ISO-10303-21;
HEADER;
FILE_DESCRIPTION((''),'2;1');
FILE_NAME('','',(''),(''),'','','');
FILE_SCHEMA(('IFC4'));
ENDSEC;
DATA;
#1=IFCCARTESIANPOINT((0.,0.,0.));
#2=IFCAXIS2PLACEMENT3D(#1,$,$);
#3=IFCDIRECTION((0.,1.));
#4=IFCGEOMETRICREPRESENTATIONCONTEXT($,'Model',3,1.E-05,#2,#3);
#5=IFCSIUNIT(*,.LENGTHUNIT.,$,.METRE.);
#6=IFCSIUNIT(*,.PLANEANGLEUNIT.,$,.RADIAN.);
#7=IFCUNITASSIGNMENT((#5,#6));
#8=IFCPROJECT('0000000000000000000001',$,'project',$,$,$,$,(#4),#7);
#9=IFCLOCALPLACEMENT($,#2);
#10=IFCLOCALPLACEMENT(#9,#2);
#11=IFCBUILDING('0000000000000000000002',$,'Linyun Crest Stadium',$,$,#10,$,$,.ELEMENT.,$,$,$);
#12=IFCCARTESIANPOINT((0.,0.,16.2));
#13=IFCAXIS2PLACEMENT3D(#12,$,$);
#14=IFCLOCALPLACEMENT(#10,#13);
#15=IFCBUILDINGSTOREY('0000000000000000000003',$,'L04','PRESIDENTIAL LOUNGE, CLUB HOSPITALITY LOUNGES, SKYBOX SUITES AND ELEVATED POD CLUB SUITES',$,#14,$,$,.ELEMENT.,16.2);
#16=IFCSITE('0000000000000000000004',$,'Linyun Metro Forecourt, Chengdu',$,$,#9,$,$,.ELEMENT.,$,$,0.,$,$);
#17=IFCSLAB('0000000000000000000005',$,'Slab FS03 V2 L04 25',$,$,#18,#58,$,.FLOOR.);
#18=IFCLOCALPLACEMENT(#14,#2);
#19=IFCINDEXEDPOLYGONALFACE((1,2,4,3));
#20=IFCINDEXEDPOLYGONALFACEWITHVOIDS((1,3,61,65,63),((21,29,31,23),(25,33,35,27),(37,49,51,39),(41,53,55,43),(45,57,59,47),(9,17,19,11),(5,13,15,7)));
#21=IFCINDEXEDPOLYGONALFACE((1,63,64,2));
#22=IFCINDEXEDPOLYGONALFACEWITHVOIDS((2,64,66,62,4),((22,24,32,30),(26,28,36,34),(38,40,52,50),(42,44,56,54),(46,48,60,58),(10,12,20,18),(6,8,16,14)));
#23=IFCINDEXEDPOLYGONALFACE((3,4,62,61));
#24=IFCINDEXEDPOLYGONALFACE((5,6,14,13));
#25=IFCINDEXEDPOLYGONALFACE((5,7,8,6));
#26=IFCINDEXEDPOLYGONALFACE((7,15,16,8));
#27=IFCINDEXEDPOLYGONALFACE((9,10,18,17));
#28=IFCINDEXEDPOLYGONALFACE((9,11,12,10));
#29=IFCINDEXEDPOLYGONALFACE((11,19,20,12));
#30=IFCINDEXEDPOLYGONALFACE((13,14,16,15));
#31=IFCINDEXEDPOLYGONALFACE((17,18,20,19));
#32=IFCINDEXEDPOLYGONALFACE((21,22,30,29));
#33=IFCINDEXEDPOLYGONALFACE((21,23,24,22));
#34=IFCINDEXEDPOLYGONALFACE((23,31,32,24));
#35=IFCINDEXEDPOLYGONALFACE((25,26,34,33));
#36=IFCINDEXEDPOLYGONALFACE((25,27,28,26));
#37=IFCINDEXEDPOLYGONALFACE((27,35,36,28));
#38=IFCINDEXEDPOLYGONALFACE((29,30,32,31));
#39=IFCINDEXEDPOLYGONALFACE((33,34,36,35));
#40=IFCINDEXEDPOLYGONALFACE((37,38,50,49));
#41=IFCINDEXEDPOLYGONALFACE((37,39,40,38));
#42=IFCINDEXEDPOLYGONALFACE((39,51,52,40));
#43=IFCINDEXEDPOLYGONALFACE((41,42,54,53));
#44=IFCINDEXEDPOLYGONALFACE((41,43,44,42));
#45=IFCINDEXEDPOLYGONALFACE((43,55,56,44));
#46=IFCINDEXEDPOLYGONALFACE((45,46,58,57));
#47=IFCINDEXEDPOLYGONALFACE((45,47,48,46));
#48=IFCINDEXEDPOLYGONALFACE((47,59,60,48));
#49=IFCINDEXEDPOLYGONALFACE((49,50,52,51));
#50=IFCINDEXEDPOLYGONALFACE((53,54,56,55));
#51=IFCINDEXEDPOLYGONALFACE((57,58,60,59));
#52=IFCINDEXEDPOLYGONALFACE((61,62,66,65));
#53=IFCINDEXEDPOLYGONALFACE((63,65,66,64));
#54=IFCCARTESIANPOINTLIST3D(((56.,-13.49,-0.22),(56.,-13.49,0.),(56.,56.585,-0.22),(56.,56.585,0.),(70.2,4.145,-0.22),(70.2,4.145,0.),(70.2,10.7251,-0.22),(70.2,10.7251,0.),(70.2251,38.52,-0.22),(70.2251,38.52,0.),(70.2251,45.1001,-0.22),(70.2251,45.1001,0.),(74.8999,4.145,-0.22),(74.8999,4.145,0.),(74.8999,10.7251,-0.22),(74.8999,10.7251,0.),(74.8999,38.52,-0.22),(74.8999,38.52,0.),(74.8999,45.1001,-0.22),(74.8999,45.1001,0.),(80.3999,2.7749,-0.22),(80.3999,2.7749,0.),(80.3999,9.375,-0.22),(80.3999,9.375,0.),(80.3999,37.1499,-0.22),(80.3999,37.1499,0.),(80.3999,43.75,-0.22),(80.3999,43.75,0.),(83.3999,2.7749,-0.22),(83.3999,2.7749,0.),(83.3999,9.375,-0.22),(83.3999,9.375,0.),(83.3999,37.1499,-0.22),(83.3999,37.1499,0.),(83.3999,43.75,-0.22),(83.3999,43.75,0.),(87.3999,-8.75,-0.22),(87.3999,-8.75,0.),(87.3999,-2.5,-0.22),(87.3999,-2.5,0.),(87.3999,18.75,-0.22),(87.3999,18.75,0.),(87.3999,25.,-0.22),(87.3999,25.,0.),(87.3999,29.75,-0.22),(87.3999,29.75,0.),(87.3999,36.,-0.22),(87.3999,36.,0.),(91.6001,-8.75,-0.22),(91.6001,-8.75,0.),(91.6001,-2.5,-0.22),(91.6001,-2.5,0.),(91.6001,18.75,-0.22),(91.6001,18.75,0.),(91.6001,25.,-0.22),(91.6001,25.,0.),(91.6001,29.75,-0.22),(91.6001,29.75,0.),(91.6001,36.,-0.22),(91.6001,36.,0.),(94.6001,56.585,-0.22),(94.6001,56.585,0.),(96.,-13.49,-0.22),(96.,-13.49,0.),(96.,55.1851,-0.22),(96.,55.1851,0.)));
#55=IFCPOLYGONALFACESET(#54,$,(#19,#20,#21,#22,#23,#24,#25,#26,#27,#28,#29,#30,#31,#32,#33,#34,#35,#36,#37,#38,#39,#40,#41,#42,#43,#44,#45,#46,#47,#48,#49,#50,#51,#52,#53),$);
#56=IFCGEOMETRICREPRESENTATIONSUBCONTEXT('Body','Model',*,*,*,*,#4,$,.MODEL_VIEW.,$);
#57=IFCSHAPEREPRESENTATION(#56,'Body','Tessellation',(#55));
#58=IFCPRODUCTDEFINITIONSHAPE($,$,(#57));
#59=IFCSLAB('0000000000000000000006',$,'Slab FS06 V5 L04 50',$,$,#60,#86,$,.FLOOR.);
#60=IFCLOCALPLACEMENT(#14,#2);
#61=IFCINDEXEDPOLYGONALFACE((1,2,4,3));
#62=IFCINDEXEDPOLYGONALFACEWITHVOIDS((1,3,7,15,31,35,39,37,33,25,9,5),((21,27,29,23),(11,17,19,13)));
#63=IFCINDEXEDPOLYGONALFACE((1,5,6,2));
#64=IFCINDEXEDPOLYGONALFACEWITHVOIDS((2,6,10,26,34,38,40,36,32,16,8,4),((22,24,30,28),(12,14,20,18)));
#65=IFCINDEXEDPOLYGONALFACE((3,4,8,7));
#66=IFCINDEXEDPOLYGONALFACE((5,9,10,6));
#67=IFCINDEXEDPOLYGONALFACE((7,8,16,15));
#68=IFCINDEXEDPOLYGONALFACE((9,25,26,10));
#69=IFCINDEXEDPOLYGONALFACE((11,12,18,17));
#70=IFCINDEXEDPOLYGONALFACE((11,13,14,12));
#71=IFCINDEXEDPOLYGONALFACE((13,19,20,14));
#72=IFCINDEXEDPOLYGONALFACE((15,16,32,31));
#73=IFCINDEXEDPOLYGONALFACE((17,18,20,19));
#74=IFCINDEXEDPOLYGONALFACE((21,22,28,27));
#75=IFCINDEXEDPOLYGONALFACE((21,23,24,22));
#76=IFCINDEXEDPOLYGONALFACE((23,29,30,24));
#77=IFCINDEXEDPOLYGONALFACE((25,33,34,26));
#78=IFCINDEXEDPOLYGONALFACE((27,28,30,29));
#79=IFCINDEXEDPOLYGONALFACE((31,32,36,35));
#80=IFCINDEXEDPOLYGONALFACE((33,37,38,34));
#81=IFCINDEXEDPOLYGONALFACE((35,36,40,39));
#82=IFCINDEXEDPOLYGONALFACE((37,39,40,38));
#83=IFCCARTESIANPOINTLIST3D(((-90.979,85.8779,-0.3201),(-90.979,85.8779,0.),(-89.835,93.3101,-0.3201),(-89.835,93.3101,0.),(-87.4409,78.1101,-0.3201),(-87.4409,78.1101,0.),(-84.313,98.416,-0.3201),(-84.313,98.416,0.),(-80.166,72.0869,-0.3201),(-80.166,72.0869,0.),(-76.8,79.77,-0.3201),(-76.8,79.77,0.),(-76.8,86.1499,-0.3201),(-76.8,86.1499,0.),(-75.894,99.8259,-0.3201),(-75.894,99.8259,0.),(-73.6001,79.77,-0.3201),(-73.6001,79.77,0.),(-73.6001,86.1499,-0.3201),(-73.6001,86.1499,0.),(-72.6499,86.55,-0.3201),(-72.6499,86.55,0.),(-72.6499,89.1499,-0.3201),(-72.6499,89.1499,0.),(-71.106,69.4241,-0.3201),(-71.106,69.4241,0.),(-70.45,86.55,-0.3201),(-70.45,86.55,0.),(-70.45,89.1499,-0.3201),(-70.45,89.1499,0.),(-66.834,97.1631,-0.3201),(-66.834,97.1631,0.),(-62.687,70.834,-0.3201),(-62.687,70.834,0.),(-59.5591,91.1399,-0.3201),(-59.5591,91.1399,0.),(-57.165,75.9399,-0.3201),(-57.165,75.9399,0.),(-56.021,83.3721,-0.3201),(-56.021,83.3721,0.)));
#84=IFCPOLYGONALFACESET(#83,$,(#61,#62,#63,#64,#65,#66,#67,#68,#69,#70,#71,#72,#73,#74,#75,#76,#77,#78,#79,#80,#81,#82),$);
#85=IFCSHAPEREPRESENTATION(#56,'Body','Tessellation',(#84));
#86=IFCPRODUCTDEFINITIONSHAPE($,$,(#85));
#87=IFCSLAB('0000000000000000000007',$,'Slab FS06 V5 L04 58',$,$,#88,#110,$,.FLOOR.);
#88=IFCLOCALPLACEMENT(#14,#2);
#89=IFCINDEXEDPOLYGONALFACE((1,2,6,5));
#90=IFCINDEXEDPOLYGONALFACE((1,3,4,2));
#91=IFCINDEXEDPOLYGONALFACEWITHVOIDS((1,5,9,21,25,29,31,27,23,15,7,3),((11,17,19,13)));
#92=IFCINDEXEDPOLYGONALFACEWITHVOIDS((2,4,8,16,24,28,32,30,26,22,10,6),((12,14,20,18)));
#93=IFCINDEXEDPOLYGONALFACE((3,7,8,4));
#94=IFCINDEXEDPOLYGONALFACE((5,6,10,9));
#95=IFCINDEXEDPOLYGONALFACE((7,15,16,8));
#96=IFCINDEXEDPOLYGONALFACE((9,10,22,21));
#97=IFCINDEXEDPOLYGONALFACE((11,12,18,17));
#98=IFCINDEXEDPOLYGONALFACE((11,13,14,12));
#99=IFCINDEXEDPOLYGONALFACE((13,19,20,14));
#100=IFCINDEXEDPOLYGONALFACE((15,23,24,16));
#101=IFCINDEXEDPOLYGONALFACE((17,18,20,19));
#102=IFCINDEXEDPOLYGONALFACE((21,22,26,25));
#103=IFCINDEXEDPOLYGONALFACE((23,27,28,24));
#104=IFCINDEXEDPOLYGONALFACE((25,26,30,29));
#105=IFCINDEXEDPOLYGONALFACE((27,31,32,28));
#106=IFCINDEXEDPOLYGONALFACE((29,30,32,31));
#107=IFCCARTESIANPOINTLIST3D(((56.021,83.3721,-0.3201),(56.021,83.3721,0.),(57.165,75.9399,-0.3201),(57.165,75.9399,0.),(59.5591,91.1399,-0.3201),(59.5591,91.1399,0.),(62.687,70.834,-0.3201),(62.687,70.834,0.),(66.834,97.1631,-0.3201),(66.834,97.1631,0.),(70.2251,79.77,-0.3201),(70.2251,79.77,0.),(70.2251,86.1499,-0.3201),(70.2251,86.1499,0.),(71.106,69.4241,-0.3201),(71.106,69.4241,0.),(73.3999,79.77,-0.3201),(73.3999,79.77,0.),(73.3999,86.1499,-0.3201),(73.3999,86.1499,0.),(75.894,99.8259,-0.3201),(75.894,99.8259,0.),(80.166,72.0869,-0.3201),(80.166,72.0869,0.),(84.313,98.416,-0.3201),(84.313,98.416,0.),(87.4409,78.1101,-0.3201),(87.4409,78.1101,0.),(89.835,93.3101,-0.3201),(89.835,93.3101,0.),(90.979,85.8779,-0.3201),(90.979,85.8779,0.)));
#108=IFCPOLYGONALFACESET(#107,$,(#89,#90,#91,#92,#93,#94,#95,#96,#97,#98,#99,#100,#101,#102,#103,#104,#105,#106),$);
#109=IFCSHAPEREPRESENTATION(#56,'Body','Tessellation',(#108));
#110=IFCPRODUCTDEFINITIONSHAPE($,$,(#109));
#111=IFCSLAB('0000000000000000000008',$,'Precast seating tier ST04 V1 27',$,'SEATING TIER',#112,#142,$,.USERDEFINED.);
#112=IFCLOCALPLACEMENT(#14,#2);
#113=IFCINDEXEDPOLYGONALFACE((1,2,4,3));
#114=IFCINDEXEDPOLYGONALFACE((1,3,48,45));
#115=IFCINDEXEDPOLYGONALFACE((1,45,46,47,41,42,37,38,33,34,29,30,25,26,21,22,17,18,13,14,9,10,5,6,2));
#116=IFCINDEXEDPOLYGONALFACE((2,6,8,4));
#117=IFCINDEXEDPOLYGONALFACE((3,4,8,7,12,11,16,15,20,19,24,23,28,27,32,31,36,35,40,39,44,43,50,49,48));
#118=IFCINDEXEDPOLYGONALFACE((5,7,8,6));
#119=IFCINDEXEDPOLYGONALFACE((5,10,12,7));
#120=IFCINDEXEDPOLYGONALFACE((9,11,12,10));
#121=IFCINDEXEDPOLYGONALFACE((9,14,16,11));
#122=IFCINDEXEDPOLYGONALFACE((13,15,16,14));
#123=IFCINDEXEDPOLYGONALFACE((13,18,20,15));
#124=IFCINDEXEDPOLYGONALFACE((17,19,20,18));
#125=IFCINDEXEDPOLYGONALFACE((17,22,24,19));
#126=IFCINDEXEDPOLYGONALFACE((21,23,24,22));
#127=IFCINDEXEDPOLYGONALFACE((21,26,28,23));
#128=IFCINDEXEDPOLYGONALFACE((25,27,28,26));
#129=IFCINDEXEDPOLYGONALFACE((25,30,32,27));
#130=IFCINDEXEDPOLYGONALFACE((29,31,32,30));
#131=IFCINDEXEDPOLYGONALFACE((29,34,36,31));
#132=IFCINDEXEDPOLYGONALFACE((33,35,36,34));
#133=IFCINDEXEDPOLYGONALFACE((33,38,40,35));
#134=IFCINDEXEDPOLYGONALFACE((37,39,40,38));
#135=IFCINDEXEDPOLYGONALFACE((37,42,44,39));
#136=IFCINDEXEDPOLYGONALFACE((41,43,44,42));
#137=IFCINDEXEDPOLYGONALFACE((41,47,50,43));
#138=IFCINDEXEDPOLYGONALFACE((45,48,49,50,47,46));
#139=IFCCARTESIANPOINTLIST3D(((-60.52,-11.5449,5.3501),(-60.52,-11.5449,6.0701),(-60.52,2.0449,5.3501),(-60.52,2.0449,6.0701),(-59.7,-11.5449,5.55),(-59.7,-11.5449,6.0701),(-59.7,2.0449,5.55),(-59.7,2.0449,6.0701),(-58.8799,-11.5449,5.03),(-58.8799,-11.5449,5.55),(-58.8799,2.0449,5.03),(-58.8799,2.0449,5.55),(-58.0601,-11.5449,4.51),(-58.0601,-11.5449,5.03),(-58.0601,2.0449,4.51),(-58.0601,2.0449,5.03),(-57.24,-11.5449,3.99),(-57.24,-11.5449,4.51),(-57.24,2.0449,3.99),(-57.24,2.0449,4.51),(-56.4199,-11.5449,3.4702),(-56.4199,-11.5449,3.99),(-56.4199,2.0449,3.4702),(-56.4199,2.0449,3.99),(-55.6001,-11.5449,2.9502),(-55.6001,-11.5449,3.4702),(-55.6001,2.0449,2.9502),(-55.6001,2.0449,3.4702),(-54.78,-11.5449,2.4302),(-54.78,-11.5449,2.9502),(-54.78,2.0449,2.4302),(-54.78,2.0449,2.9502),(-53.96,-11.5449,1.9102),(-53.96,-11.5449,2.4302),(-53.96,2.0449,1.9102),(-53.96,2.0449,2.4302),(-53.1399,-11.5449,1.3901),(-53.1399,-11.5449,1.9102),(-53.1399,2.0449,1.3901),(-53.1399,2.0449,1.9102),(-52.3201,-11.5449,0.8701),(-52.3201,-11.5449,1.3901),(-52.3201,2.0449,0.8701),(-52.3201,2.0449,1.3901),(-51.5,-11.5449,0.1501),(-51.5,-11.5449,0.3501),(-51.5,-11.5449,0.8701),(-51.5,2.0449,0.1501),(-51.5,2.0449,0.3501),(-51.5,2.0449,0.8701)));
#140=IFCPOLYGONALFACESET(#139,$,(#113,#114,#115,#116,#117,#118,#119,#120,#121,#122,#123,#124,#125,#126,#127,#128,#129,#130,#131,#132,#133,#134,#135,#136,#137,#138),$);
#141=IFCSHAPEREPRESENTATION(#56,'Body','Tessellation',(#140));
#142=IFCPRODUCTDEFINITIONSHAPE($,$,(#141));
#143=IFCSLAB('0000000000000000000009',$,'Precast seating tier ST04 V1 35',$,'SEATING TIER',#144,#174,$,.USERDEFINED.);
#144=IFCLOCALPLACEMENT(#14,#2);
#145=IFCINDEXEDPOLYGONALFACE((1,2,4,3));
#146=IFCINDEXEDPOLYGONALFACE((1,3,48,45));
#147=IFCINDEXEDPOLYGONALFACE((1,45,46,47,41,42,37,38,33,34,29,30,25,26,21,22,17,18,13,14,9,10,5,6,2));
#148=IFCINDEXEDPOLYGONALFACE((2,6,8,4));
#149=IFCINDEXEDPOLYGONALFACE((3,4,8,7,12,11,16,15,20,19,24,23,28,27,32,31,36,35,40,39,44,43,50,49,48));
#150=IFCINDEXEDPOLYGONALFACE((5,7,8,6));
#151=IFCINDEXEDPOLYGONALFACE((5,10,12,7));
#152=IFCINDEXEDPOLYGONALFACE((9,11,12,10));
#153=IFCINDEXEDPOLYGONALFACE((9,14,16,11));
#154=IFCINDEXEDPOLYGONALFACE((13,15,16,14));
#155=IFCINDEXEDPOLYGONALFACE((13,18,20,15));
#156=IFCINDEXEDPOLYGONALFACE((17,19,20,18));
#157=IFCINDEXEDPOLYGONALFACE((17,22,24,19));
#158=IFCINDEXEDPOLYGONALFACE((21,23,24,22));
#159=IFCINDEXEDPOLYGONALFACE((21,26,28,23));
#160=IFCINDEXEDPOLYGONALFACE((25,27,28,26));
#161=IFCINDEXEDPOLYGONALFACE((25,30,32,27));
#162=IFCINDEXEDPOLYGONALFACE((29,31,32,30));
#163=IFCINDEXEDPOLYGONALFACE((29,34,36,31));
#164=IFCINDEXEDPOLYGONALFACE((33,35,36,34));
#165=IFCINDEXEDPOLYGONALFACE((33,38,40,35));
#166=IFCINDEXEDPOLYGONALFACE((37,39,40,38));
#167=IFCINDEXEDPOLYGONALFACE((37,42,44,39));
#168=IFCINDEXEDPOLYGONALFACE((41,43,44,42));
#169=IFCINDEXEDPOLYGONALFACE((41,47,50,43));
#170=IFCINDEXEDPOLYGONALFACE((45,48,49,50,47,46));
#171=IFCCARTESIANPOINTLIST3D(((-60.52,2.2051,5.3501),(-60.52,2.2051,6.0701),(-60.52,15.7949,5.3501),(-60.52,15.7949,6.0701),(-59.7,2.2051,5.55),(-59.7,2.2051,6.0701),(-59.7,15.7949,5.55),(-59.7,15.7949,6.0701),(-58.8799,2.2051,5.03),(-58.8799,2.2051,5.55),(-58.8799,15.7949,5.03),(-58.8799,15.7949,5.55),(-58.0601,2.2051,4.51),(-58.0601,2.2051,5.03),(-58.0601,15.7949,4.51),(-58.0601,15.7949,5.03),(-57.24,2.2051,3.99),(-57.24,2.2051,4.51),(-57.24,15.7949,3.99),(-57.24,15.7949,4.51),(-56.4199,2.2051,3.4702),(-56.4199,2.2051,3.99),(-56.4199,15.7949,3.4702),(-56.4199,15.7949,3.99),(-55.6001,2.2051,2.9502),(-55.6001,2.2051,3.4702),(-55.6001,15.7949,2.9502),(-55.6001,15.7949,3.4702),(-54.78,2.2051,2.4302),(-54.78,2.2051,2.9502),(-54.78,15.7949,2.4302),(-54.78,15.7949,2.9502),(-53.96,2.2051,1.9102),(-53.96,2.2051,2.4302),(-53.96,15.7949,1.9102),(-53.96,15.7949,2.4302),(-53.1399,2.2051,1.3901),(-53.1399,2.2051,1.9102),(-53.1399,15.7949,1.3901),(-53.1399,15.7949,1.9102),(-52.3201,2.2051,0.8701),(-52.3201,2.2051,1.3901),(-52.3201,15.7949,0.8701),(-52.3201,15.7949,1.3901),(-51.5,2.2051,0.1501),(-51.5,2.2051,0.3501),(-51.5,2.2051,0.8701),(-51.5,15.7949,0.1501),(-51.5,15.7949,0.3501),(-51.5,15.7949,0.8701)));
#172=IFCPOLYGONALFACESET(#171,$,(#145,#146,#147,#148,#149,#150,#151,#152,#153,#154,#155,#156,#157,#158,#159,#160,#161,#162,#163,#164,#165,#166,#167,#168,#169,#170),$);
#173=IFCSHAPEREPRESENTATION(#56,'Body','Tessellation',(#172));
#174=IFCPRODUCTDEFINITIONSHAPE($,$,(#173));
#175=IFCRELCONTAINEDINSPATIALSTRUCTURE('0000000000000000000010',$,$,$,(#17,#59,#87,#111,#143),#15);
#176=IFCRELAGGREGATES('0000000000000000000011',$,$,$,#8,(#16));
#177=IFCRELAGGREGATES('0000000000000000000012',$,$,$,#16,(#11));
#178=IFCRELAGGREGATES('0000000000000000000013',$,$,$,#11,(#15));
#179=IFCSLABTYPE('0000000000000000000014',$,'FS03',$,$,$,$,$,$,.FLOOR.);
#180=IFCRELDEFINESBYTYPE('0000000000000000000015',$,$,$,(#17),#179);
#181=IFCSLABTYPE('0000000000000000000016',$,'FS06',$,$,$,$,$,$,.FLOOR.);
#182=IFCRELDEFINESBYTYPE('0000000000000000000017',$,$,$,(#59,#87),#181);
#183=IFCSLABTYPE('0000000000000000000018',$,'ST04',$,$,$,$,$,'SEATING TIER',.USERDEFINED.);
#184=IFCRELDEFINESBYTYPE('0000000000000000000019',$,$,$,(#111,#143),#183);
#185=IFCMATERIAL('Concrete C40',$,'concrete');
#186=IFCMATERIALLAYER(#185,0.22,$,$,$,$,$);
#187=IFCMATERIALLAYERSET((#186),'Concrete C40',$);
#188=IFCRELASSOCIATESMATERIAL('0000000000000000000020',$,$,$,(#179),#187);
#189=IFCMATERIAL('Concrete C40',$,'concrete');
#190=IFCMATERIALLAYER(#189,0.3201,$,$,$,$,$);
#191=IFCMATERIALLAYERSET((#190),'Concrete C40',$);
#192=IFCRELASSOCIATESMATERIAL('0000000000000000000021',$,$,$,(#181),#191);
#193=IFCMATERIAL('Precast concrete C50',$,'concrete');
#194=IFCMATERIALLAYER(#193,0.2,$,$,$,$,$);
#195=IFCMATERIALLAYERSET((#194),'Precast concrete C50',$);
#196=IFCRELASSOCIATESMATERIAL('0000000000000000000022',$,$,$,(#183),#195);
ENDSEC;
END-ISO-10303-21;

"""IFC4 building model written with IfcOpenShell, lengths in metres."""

from ifc_helpers import new_model, si_unit, direction, frame, origin, place, context, subcontext, project, spatial, polyline, outline, extrude, material, layer, layer_set, type_object, element, save


model = new_model("IFC4")

# Units and contexts
model_context = context("Model", 3, precision=1e-05, world=origin(), true_north=direction((0.0, 1.0)))
body_context = subcontext(model_context, "Body", "Model", "MODEL_VIEW")
ifc_project = project(units=[si_unit("LENGTHUNIT", "METRE"), si_unit("PLANEANGLEUNIT", "RADIAN")], contexts=[model_context])

# Site, building, storey
site_placement = place(None, origin())
site = spatial("IfcSite", under=ifc_project, at=site_placement, Name="Linyun Metro Forecourt, Chengdu", CompositionType="ELEMENT", RefElevation=0.0)
building_placement = place(site_placement, origin())
building = spatial("IfcBuilding", under=site, at=building_placement, Name="Linyun Crest Stadium", CompositionType="ELEMENT")
storey_placement = place(building_placement, frame((0.0, 0.0, 16.2)))
storey = spatial("IfcBuildingStorey", under=building, at=storey_placement, Name="L04", Description="PRESIDENTIAL LOUNGE, CLUB HOSPITALITY LOUNGES, SKYBOX SUITES AND ELEVATED POD CLUB SUITES", CompositionType="ELEMENT", Elevation=16.2)

# Slabs
ifc_material_1 = material(Name="Concrete C40", Category="concrete")
ifc_layer_1 = layer(ifc_material_1, 0.22)
ifc_layer_set_1 = layer_set([ifc_layer_1], Name="Concrete C40")
slab_type_1 = type_object("IfcSlabType", Name="FS03", PredefinedType="FLOOR", material=ifc_layer_set_1)
slab_1_placement = place(storey_placement, frame((0.0, 0.0, -0.22)))
element("IfcSlab", 1, at=slab_1_placement, inside=storey, type_object=slab_type_1, Name="Slab FS03 V2 L04 25", PredefinedType="FLOOR", context=body_context, shape_type="SweptSolid", body=[
    extrude(outline(polyline([(56.0, -13.49), (96.0, -13.49), (96.0, 55.1851), (94.6001, 56.585), (56.0, 56.585), (56.0, -13.49)]), holes=[polyline([(70.2, 4.145), (70.2, 10.7251), (74.8999, 10.7251), (74.8999, 4.145), (70.2, 4.145)]), polyline([(80.3999, 2.7749), (80.3999, 9.375), (83.3999, 9.375), (83.3999, 2.7749), (80.3999, 2.7749)]), polyline([(70.2251, 38.52), (70.2251, 45.1001), (74.8999, 45.1001), (74.8999, 38.52), (70.2251, 38.52)]), polyline([(80.3999, 37.1499), (80.3999, 43.75), (83.3999, 43.75), (83.3999, 37.1499), (80.3999, 37.1499)]), polyline([(87.3999, -8.75), (87.3999, -2.5), (91.6001, -2.5), (91.6001, -8.75), (87.3999, -8.75)]), polyline([(87.3999, 18.75), (87.3999, 25.0), (91.6001, 25.0), (91.6001, 18.75), (87.3999, 18.75)]), polyline([(87.3999, 29.75), (87.3999, 36.0), (91.6001, 36.0), (91.6001, 29.75), (87.3999, 29.75)])]), origin(), (0.0, 0.0, 1.0), 0.22),
])
ifc_material_2 = material(Name="Concrete C40", Category="concrete")
ifc_layer_2 = layer(ifc_material_2, 0.3201)
ifc_layer_set_2 = layer_set([ifc_layer_2], Name="Concrete C40")
slab_type_2 = type_object("IfcSlabType", Name="FS06", PredefinedType="FLOOR", material=ifc_layer_set_2)
slab_2_placement = place(storey_placement, frame((0.0, 0.0, -0.3201)))
element("IfcSlab", 2, at=slab_2_placement, inside=storey, type_object=slab_type_2, Name="Slab FS06 V5 L04 50", PredefinedType="FLOOR", context=body_context, shape_type="SweptSolid", body=[
    extrude(outline(polyline([(-57.165, 75.9399), (-56.021, 83.3721), (-59.5591, 91.1399), (-66.834, 97.1631), (-75.894, 99.8259), (-84.313, 98.416), (-89.835, 93.3101), (-90.979, 85.8779), (-87.4409, 78.1101), (-80.166, 72.0869), (-71.106, 69.4241), (-62.687, 70.834), (-57.165, 75.9399)]), holes=[polyline([(-76.8, 79.77), (-76.8, 86.1499), (-73.6001, 86.1499), (-73.6001, 79.77), (-76.8, 79.77)]), polyline([(-72.6499, 86.55), (-72.6499, 89.1499), (-70.45, 89.1499), (-70.45, 86.55), (-72.6499, 86.55)])]), origin(), (0.0, 0.0, 1.0), 0.3201),
])
slab_3_placement = place(storey_placement, frame((0.0, 0.0, -0.3201)))
element("IfcSlab", 3, at=slab_3_placement, inside=storey, type_object=slab_type_2, Name="Slab FS06 V5 L04 58", PredefinedType="FLOOR", context=body_context, shape_type="SweptSolid", body=[
    extrude(outline(polyline([(89.835, 93.3101), (84.313, 98.416), (75.894, 99.8259), (66.834, 97.1631), (59.5591, 91.1399), (56.021, 83.3721), (57.165, 75.9399), (62.687, 70.834), (71.106, 69.4241), (80.166, 72.0869), (87.4409, 78.1101), (90.979, 85.8779), (89.835, 93.3101)]), holes=[polyline([(70.2251, 79.77), (70.2251, 86.1499), (73.3999, 86.1499), (73.3999, 79.77), (70.2251, 79.77)])]), origin(), (0.0, 0.0, 1.0), 0.3201),
])
ifc_material_3 = material(Name="Precast concrete C50", Category="concrete")
ifc_layer_3 = layer(ifc_material_3, 0.2)
ifc_layer_set_3 = layer_set([ifc_layer_3], Name="Precast concrete C50")
slab_type_3 = type_object("IfcSlabType", Name="ST04", ElementType="SEATING TIER", PredefinedType="USERDEFINED", material=ifc_layer_set_3)
for number, where, z_axis, x_axis, name in (
    (4, (-51.5, -11.5449, 0.3501), (0.0, 0.0, 1.0), (-1.0, 0.0, 0.0), "Precast seating tier ST04 V1 27"),
    (5, (-51.5, 2.2051, 0.3501), (0.0, 0.0, 1.0), (-1.0, 0.0, 0.0), "Precast seating tier ST04 V1 35"),
):
    element("IfcSlab", number, at=place(storey_placement, frame(where, z_axis=z_axis, x_axis=x_axis)), inside=storey, type_object=slab_type_3, Name=name, ObjectType="SEATING TIER", PredefinedType="USERDEFINED", context=body_context, shape_type="SweptSolid", body=[
        extrude(outline(polyline([(0.0, 0.0), (0.0, 0.52), (0.8201, 0.52), (0.8201, 1.04), (1.6399, 1.04), (1.6399, 1.5601), (2.46, 1.5601), (2.46, 2.0801), (3.28, 2.0801), (3.28, 2.6001), (4.1001, 2.6001), (4.1001, 3.1201), (4.9199, 3.1201), (4.9199, 3.6399), (5.74, 3.6399), (5.74, 4.1599), (6.5601, 4.1599), (6.5601, 4.6799), (7.3799, 4.6799), (7.3799, 5.2), (8.2, 5.2), (8.2, 5.72), (9.02, 5.72), (9.02, 5.0), (0.0, -0.2), (0.0, 0.0)])), frame((0.0, 0.0, 0.0), z_axis=(0.0, -1.0, 0.0), x_axis=(1.0, 0.0, 0.0)), (0.0, 0.0, 1.0), 13.5898),
    ])

save(model, "model.ifc")
